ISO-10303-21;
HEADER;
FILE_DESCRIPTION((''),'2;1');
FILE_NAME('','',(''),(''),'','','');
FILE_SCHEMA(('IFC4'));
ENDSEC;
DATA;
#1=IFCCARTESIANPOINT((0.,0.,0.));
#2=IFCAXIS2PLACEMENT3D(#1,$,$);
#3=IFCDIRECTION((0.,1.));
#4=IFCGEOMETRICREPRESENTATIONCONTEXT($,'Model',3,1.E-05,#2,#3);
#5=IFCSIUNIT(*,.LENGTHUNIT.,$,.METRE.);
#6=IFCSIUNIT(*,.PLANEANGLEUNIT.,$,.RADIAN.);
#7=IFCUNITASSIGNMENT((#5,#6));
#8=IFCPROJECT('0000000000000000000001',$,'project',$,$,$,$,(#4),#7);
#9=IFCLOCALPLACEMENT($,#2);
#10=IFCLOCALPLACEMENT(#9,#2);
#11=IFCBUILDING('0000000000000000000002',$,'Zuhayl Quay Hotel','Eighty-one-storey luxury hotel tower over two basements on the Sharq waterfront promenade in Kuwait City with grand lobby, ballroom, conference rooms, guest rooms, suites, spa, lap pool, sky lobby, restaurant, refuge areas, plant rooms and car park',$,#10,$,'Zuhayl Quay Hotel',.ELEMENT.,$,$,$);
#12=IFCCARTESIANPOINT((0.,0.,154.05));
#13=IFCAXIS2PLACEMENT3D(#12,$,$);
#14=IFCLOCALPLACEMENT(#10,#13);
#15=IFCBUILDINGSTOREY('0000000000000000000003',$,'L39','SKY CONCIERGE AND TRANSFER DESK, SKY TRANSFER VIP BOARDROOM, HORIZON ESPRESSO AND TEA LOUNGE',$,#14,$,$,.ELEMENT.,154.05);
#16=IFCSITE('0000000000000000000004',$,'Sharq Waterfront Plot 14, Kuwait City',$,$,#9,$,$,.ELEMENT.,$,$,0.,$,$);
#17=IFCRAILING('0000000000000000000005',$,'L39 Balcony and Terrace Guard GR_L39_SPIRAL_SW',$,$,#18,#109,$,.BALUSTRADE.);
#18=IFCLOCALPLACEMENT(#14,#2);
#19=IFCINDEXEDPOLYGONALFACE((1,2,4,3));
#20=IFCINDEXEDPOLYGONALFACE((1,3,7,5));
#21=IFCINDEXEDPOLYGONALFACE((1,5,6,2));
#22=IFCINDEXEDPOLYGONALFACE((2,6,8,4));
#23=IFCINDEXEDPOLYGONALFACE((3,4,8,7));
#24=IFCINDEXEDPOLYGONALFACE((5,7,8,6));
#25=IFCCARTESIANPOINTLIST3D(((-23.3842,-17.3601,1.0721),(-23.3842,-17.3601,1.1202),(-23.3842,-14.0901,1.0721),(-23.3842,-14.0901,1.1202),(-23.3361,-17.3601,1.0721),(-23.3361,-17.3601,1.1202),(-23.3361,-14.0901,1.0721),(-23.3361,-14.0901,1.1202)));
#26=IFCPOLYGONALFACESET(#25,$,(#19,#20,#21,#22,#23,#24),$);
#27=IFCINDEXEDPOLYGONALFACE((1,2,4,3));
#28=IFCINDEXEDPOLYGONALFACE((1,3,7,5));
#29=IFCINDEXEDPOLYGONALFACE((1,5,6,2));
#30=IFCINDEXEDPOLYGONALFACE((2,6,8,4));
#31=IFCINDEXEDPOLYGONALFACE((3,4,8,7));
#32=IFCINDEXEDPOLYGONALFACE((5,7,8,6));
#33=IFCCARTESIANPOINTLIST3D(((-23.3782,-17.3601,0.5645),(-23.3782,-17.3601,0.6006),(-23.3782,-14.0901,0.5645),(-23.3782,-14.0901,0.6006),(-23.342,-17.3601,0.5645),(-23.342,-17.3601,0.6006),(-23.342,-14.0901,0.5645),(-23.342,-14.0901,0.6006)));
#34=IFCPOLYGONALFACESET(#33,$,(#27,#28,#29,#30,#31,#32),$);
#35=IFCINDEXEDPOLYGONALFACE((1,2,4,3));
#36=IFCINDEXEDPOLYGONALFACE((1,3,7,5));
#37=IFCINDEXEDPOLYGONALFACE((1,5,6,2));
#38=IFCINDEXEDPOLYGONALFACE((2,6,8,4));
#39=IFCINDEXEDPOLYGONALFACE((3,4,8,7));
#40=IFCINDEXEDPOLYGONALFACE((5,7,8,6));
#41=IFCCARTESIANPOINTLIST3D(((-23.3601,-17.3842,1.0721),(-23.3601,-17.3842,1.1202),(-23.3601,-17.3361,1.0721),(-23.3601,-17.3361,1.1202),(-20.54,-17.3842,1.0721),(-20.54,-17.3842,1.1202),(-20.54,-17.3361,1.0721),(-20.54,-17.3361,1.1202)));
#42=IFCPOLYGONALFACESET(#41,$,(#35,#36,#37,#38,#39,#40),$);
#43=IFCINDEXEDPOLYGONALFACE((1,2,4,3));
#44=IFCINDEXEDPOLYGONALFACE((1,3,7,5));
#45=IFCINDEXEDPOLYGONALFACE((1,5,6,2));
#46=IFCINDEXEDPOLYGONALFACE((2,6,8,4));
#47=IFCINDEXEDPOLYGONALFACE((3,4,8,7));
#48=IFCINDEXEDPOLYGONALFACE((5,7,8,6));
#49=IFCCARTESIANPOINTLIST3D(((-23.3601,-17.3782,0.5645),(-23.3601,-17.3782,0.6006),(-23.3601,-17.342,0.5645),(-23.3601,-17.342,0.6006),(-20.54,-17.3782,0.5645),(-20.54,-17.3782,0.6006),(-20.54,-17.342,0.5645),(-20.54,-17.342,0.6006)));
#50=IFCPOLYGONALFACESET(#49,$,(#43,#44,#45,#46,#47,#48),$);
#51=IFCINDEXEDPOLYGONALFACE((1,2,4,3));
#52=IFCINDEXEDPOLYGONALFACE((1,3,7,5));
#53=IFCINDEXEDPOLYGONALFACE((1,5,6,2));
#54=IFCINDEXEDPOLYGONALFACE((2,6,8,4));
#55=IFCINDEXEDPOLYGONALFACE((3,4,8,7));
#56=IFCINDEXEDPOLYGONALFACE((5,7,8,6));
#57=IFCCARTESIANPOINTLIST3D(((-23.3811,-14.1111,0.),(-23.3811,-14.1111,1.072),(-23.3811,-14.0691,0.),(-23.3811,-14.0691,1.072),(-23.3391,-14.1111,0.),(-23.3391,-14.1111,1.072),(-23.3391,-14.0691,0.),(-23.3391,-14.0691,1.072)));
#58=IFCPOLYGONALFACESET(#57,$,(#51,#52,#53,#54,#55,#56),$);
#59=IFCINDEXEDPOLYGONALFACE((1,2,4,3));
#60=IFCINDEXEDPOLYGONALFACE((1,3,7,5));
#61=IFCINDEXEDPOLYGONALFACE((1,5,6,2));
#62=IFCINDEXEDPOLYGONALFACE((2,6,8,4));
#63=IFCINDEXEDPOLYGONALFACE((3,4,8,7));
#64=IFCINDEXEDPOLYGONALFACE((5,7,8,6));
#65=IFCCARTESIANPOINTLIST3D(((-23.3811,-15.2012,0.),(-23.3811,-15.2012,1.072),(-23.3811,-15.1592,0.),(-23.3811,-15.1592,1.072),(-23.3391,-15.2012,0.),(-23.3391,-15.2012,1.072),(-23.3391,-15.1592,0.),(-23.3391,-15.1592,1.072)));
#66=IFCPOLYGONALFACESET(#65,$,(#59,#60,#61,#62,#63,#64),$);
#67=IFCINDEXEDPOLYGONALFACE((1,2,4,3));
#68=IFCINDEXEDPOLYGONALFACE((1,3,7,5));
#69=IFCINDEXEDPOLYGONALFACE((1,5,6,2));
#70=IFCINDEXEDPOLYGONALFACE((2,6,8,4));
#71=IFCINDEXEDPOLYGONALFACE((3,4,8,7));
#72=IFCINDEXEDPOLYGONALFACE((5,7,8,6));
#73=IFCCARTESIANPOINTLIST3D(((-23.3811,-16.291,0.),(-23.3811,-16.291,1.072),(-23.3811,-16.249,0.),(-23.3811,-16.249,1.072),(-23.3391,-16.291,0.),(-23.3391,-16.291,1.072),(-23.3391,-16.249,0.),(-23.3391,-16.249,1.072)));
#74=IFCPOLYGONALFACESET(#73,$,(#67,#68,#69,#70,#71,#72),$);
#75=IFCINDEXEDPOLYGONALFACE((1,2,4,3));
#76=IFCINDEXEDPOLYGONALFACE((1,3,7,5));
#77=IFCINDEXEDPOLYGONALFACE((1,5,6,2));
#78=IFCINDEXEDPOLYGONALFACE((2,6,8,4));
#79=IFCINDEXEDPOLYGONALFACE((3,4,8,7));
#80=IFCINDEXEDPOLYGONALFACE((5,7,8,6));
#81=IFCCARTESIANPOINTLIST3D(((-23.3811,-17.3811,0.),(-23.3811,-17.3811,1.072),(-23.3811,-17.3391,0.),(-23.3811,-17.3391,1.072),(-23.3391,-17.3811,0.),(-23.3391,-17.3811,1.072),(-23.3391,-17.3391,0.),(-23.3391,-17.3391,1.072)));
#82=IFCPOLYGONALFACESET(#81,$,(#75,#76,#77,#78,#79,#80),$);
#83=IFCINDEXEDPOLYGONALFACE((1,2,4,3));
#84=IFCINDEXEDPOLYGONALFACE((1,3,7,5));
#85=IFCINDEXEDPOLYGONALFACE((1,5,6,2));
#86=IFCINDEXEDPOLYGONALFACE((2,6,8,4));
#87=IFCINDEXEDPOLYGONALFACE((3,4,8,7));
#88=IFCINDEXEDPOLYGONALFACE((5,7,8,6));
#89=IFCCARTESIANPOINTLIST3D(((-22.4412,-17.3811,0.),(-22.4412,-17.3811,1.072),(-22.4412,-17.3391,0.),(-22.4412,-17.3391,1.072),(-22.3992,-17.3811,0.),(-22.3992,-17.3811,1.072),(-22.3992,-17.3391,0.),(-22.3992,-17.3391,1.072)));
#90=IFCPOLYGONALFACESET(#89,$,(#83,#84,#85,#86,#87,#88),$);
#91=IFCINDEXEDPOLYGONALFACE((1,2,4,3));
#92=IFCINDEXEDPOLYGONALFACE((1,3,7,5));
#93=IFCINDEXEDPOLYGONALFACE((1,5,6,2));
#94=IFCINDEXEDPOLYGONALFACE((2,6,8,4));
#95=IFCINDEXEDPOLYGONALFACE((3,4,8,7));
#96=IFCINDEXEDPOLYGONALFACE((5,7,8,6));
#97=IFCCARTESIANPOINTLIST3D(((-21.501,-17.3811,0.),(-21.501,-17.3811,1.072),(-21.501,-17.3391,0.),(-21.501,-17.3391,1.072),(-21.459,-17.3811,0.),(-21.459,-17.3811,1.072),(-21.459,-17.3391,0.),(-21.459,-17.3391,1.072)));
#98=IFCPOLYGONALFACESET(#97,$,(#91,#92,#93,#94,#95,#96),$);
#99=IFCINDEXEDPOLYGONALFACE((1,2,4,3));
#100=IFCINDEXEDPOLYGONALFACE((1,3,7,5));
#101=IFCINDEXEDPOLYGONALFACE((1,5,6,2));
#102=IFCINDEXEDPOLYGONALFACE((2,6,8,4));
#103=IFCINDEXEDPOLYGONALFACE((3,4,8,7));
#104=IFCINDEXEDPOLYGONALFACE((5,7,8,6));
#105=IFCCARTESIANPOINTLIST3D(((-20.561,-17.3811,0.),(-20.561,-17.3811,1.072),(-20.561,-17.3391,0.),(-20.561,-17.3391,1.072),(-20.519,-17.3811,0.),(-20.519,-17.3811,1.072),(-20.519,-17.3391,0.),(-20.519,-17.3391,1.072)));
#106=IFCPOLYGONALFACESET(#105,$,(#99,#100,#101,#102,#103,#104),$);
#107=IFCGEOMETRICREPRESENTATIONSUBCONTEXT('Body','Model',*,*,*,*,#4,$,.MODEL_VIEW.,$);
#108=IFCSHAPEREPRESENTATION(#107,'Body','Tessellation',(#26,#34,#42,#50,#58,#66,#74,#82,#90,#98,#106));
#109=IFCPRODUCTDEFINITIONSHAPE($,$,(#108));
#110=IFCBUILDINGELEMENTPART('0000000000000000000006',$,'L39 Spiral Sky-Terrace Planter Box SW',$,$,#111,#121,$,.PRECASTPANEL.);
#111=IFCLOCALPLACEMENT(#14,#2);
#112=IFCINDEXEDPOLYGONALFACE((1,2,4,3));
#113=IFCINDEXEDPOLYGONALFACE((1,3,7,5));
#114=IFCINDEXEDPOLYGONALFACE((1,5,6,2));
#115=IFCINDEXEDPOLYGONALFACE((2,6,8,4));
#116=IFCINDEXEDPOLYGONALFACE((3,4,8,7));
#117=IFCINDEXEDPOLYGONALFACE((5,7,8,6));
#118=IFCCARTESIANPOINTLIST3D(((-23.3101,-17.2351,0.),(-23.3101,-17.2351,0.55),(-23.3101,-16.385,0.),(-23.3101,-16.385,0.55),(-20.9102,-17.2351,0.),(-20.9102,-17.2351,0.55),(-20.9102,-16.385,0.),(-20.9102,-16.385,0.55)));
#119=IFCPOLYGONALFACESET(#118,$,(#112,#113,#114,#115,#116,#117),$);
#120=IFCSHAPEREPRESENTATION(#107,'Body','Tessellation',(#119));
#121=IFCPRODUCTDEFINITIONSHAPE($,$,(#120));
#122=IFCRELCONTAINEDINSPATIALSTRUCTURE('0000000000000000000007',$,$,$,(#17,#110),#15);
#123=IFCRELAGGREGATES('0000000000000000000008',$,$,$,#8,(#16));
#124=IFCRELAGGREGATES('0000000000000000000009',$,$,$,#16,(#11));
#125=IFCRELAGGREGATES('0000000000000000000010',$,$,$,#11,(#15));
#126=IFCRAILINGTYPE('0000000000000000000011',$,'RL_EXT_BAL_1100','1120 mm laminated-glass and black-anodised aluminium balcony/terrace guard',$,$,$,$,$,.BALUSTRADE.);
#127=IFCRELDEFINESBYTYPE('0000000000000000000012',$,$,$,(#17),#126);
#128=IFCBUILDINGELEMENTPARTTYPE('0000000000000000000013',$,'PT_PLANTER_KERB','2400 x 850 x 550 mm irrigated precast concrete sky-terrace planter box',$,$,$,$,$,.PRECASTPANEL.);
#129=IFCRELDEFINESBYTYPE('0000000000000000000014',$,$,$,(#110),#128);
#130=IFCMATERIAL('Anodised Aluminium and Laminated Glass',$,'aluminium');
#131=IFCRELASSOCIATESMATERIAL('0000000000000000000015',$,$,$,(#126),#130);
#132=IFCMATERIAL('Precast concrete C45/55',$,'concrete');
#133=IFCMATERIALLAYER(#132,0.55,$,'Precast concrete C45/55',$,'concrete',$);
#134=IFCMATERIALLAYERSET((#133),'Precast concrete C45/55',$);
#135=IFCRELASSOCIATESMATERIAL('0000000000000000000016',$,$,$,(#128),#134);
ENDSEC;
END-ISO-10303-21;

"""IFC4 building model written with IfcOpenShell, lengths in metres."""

from ifc_helpers import new_model, si_unit, direction, frame, origin, origin_2d, place, context, subcontext, project, spatial, rectangle, extrude, material, layer, layer_set, type_object, element, save


model = new_model("IFC4")

# Units and contexts
model_context = context("Model", 3, precision=1e-05, world=origin(), true_north=direction((0.0, 1.0)))
body_context = subcontext(model_context, "Body", "Model", "MODEL_VIEW")
ifc_project = project(units=[si_unit("LENGTHUNIT", "METRE"), si_unit("PLANEANGLEUNIT", "RADIAN")], contexts=[model_context])

# Site, building, storey
site_placement = place(None, origin())
site = spatial("IfcSite", under=ifc_project, at=site_placement, Name="Sharq Waterfront Plot 14, Kuwait City", CompositionType="ELEMENT", RefElevation=0.0)
building_placement = place(site_placement, origin())
building = spatial("IfcBuilding", under=site, at=building_placement, Name="Zuhayl Quay Hotel", Description="Eighty-one-storey luxury hotel tower over two basements on the Sharq waterfront promenade in Kuwait City with grand lobby, ballroom, conference rooms, guest rooms, suites, spa, lap pool, sky lobby, restaurant, refuge areas, plant rooms and car park", LongName="Zuhayl Quay Hotel", CompositionType="ELEMENT")
storey_placement = place(building_placement, frame((0.0, 0.0, 154.05)))
storey = spatial("IfcBuildingStorey", under=building, at=storey_placement, Name="L39", Description="SKY CONCIERGE AND TRANSFER DESK, SKY TRANSFER VIP BOARDROOM, HORIZON ESPRESSO AND TEA LOUNGE", CompositionType="ELEMENT", Elevation=154.05)

# Shared definitions
ifc_material_1 = material(Name="Precast concrete C45/55", Category="concrete")

# Railing
ifc_material_2 = material(Name="Anodised Aluminium and Laminated Glass", Category="aluminium")
railing_type = type_object("IfcRailingType", Name="RL_EXT_BAL_1100", Description="1120 mm laminated-glass and black-anodised aluminium balcony/terrace guard", PredefinedType="BALUSTRADE", material=ifc_material_2)
railing_1_placement = place(storey_placement, frame((-23.3601, -14.0901, 0.0)))
element("IfcRailing", 1, at=railing_1_placement, inside=storey, type_object=railing_type, Name="L39 Balcony and Terrace Guard GR_L39_SPIRAL_SW", PredefinedType="BALUSTRADE", context=body_context, shape_type="SweptSolid", body=[
    extrude(rectangle(XDim=0.0481, YDim=0.0481, at=origin_2d()), frame((0.0, 0.0, 1.0962), z_axis=(0.0, -1.0, 0.0), x_axis=(1.0, 0.0, 0.0)), (0.0, 0.0, 1.0), 3.27),
    extrude(rectangle(XDim=0.0361, YDim=0.0361, at=origin_2d()), frame((0.0, 0.0, 0.5825), z_axis=(0.0, -1.0, 0.0), x_axis=(1.0, 0.0, 0.0)), (0.0, 0.0, 1.0), 3.27),
    extrude(rectangle(XDim=0.0481, YDim=0.0481, at=origin_2d()), frame((0.0, -3.27, 1.0962), z_axis=(1.0, 0.0, 0.0), x_axis=(0.0, 1.0, 0.0)), (0.0, 0.0, 1.0), 2.8201),
    extrude(rectangle(XDim=0.0361, YDim=0.0361, at=origin_2d()), frame((0.0, -3.27, 0.5825), z_axis=(1.0, 0.0, 0.0), x_axis=(0.0, 1.0, 0.0)), (0.0, 0.0, 1.0), 2.8201),
    extrude(rectangle(XDim=0.042, YDim=0.042, at=origin_2d()), origin(), (0.0, 0.0, 1.0), 1.072),
    extrude(rectangle(XDim=0.042, YDim=0.042, at=origin_2d()), frame((0.0, -1.0901, 0.0)), (0.0, 0.0, 1.0), 1.072),
    extrude(rectangle(XDim=0.042, YDim=0.042, at=origin_2d()), frame((0.0, -2.1799, 0.0)), (0.0, 0.0, 1.0), 1.072),
    extrude(rectangle(XDim=0.042, YDim=0.042, at=origin_2d()), frame((0.0, -3.27, 0.0)), (0.0, 0.0, 1.0), 1.072),
    extrude(rectangle(XDim=0.042, YDim=0.042, at=origin_2d()), frame((0.9399, -3.27, 0.0)), (0.0, 0.0, 1.0), 1.072),
    extrude(rectangle(XDim=0.042, YDim=0.042, at=origin_2d()), frame((1.8801, -3.27, 0.0)), (0.0, 0.0, 1.0), 1.072),
    extrude(rectangle(XDim=0.042, YDim=0.042, at=origin_2d()), frame((2.8201, -3.27, 0.0)), (0.0, 0.0, 1.0), 1.072),
])

# Building element part
ifc_layer_1 = layer(ifc_material_1, 0.55, Name="Precast concrete C45/55", Category="concrete")
ifc_layer_set_1 = layer_set([ifc_layer_1], Name="Precast concrete C45/55")
building_element_part_type = type_object("IfcBuildingElementPartType", Name="PT_PLANTER_KERB", Description="2400 x 850 x 550 mm irrigated precast concrete sky-terrace planter box", PredefinedType="PRECASTPANEL", material=ifc_layer_set_1)
building_element_part_placement = place(storey_placement, frame((-22.1101, -16.8101, 0.0), z_axis=(0.0, 0.0, 1.0), x_axis=(1.0, 0.0, 0.0)))
element("IfcBuildingElementPart", 2, at=building_element_part_placement, inside=storey, type_object=building_element_part_type, Name="L39 Spiral Sky-Terrace Planter Box SW", PredefinedType="PRECASTPANEL", context=body_context, shape_type="SweptSolid", body=[
    extrude(rectangle(XDim=2.3999, YDim=0.8501, at=origin_2d()), origin(), (0.0, 0.0, 1.0), 0.55),
])

save(model, "model.ifc")
